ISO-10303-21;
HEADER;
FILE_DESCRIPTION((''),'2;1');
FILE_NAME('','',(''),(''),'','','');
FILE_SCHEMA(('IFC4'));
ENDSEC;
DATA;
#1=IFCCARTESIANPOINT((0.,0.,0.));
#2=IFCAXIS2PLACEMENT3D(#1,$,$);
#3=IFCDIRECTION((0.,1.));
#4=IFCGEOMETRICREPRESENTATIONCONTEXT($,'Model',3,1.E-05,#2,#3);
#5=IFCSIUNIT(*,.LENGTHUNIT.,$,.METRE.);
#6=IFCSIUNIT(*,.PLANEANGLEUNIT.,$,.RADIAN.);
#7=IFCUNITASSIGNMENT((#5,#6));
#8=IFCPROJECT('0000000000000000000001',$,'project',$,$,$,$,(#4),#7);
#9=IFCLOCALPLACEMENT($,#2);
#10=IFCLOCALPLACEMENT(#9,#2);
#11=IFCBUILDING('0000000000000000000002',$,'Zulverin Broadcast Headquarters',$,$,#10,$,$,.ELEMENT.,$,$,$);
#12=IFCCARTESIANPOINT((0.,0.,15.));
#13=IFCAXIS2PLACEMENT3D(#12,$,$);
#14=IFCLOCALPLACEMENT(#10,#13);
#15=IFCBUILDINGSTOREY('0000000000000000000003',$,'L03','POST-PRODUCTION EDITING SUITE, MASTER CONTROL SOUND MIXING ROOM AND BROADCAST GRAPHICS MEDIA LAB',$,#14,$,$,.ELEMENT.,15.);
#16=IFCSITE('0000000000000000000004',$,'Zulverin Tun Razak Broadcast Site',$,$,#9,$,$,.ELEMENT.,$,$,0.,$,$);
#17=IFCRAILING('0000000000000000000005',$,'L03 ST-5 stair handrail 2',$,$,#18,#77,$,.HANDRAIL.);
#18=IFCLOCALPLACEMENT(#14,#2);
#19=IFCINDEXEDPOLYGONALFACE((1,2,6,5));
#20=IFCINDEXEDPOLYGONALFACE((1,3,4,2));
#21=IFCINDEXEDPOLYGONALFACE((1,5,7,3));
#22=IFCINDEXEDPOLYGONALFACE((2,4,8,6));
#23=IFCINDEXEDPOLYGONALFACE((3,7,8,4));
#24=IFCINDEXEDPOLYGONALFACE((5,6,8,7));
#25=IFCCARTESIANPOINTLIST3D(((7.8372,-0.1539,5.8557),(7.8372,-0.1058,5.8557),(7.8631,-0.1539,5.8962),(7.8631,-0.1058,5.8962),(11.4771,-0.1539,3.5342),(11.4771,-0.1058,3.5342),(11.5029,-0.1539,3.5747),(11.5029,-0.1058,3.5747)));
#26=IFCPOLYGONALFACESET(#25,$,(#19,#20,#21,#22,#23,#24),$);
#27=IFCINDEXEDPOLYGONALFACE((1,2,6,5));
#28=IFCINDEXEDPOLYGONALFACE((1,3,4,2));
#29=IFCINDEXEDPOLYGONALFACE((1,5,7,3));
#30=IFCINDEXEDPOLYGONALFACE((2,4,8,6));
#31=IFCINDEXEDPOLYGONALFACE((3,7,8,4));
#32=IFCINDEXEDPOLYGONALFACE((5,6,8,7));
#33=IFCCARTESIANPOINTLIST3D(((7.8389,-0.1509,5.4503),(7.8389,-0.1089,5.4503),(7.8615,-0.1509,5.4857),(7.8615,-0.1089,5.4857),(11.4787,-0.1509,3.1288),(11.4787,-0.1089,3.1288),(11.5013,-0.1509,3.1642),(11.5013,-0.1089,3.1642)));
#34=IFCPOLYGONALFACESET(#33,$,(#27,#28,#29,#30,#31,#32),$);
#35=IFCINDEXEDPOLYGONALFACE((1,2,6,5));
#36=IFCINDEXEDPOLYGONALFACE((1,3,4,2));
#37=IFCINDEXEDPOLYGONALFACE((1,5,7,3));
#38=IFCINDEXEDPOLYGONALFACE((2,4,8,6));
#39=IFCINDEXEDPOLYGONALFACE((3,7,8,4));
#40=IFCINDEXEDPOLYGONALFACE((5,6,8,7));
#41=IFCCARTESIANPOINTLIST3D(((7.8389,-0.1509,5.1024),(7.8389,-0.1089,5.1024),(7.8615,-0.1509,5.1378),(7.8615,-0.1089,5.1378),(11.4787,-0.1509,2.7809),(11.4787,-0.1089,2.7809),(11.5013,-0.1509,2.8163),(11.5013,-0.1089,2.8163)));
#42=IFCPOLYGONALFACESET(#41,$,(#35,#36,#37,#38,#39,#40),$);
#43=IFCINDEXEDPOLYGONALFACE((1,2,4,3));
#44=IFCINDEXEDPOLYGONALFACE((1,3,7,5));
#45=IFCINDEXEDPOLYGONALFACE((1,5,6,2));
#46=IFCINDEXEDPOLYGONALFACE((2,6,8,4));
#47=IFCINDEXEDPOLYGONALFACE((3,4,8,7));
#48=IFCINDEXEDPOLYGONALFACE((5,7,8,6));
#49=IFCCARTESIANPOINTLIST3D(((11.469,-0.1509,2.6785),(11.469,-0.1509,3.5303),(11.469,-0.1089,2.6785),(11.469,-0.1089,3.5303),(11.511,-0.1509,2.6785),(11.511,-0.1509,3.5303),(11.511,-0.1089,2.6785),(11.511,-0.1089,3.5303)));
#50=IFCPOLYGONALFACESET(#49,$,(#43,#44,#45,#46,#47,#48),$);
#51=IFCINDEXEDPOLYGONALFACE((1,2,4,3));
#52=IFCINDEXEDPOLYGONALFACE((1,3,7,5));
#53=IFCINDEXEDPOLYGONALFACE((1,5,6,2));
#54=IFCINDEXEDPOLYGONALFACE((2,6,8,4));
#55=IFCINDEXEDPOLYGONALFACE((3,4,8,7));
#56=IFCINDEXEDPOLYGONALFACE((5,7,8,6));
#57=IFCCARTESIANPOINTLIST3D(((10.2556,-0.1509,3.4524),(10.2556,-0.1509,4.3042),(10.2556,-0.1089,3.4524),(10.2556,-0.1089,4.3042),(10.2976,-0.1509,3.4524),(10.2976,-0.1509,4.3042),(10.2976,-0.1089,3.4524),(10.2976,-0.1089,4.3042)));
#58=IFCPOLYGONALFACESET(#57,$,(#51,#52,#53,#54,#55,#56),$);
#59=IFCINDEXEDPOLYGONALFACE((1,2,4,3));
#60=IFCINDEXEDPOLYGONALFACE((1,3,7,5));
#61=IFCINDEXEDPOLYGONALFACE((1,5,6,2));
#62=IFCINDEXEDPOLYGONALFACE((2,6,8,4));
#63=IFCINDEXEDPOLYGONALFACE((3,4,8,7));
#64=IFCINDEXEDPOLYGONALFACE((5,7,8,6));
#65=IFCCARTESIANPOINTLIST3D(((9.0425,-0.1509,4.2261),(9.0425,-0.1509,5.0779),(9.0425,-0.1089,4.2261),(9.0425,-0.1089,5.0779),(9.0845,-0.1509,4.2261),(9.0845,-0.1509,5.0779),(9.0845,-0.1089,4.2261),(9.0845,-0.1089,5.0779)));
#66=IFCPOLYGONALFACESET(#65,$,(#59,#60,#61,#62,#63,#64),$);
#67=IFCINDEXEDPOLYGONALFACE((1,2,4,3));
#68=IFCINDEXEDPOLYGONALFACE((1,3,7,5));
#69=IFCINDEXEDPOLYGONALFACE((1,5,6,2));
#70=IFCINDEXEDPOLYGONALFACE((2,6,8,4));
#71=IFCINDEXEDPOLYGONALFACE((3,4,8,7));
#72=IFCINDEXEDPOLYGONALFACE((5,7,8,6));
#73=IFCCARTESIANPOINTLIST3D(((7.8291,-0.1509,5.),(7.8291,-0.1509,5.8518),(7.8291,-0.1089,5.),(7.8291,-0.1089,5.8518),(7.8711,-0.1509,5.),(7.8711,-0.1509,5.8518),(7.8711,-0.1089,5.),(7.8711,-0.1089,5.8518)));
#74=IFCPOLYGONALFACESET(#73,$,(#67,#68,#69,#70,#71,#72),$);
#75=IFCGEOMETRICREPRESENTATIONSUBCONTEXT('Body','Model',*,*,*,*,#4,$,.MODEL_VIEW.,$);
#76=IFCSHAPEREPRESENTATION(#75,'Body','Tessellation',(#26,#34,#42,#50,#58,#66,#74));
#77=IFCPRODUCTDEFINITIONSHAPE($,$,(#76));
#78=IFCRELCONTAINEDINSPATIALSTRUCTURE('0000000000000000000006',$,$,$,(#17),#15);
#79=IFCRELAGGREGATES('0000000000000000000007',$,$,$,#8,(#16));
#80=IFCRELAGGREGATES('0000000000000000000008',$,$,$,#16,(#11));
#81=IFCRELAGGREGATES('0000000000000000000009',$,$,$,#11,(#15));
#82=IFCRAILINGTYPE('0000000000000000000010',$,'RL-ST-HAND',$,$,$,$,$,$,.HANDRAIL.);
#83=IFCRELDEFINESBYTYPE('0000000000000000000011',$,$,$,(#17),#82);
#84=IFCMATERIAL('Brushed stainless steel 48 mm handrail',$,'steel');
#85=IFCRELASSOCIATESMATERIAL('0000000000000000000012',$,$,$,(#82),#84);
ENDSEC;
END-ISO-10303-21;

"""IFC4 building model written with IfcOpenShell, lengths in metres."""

from ifc_helpers import new_model, si_unit, direction, frame, origin, origin_2d, place, context, subcontext, project, spatial, rectangle, extrude, material, type_object, element, save


model = new_model("IFC4")

# Units and contexts
model_context = context("Model", 3, precision=1e-05, world=origin(), true_north=direction((0.0, 1.0)))
body_context = subcontext(model_context, "Body", "Model", "MODEL_VIEW")
ifc_project = project(units=[si_unit("LENGTHUNIT", "METRE"), si_unit("PLANEANGLEUNIT", "RADIAN")], contexts=[model_context])

# Site, building, storey
site_placement = place(None, origin())
site = spatial("IfcSite", under=ifc_project, at=site_placement, Name="Zulverin Tun Razak Broadcast Site", CompositionType="ELEMENT", RefElevation=0.0)
building_placement = place(site_placement, origin())
building = spatial("IfcBuilding", under=site, at=building_placement, Name="Zulverin Broadcast Headquarters", CompositionType="ELEMENT")
storey_placement = place(building_placement, frame((0.0, 0.0, 15.0)))
storey = spatial("IfcBuildingStorey", under=building, at=storey_placement, Name="L03", Description="POST-PRODUCTION EDITING SUITE, MASTER CONTROL SOUND MIXING ROOM AND BROADCAST GRAPHICS MEDIA LAB", CompositionType="ELEMENT", Elevation=15.0)

# Railing
ifc_material_1 = material(Name="Brushed stainless steel 48 mm handrail", Category="steel")
railing_type_1 = type_object("IfcRailingType", Name="RL-ST-HAND", PredefinedType="HANDRAIL", material=ifc_material_1)
railing_1_placement = place(storey_placement, frame((11.49, -0.1299, 2.6785)))
element("IfcRailing", 1, at=railing_1_placement, inside=storey, type_object=railing_type_1, Name="L03 ST-5 stair handrail 2", PredefinedType="HANDRAIL", context=body_context, shape_type="SweptSolid", body=[
    extrude(rectangle(XDim=0.0481, YDim=0.0481, at=origin_2d()), frame((0.0, 0.0, 0.876), z_axis=(-0.843112, 0.0, 0.537739), x_axis=(0.0, -1.0, 0.0)), (0.0, 0.0, 1.0), 4.3171),
    extrude(rectangle(XDim=0.042, YDim=0.042, at=origin_2d()), frame((0.0, 0.0, 0.468), z_axis=(-0.843112, 0.0, 0.537739), x_axis=(0.0, -1.0, 0.0)), (0.0, 0.0, 1.0), 4.3171),
    extrude(rectangle(XDim=0.042, YDim=0.042, at=origin_2d()), frame((0.0, 0.0, 0.1201), z_axis=(-0.843112, 0.0, 0.537739), x_axis=(0.0, -1.0, 0.0)), (0.0, 0.0, 1.0), 4.3171),
    extrude(rectangle(XDim=0.042, YDim=0.042, at=origin_2d()), origin(), (0.0, 0.0, 1.0), 0.8518),
    extrude(rectangle(XDim=0.042, YDim=0.042, at=origin_2d()), frame((-1.2134, 0.0, 0.7739)), (0.0, 0.0, 1.0), 0.8518),
    extrude(rectangle(XDim=0.042, YDim=0.042, at=origin_2d()), frame((-2.4265, 0.0, 1.5476)), (0.0, 0.0, 1.0), 0.8518),
    extrude(rectangle(XDim=0.042, YDim=0.042, at=origin_2d()), frame((-3.6399, 0.0, 2.3215)), (0.0, 0.0, 1.0), 0.8518),
])

save(model, "model.ifc")
